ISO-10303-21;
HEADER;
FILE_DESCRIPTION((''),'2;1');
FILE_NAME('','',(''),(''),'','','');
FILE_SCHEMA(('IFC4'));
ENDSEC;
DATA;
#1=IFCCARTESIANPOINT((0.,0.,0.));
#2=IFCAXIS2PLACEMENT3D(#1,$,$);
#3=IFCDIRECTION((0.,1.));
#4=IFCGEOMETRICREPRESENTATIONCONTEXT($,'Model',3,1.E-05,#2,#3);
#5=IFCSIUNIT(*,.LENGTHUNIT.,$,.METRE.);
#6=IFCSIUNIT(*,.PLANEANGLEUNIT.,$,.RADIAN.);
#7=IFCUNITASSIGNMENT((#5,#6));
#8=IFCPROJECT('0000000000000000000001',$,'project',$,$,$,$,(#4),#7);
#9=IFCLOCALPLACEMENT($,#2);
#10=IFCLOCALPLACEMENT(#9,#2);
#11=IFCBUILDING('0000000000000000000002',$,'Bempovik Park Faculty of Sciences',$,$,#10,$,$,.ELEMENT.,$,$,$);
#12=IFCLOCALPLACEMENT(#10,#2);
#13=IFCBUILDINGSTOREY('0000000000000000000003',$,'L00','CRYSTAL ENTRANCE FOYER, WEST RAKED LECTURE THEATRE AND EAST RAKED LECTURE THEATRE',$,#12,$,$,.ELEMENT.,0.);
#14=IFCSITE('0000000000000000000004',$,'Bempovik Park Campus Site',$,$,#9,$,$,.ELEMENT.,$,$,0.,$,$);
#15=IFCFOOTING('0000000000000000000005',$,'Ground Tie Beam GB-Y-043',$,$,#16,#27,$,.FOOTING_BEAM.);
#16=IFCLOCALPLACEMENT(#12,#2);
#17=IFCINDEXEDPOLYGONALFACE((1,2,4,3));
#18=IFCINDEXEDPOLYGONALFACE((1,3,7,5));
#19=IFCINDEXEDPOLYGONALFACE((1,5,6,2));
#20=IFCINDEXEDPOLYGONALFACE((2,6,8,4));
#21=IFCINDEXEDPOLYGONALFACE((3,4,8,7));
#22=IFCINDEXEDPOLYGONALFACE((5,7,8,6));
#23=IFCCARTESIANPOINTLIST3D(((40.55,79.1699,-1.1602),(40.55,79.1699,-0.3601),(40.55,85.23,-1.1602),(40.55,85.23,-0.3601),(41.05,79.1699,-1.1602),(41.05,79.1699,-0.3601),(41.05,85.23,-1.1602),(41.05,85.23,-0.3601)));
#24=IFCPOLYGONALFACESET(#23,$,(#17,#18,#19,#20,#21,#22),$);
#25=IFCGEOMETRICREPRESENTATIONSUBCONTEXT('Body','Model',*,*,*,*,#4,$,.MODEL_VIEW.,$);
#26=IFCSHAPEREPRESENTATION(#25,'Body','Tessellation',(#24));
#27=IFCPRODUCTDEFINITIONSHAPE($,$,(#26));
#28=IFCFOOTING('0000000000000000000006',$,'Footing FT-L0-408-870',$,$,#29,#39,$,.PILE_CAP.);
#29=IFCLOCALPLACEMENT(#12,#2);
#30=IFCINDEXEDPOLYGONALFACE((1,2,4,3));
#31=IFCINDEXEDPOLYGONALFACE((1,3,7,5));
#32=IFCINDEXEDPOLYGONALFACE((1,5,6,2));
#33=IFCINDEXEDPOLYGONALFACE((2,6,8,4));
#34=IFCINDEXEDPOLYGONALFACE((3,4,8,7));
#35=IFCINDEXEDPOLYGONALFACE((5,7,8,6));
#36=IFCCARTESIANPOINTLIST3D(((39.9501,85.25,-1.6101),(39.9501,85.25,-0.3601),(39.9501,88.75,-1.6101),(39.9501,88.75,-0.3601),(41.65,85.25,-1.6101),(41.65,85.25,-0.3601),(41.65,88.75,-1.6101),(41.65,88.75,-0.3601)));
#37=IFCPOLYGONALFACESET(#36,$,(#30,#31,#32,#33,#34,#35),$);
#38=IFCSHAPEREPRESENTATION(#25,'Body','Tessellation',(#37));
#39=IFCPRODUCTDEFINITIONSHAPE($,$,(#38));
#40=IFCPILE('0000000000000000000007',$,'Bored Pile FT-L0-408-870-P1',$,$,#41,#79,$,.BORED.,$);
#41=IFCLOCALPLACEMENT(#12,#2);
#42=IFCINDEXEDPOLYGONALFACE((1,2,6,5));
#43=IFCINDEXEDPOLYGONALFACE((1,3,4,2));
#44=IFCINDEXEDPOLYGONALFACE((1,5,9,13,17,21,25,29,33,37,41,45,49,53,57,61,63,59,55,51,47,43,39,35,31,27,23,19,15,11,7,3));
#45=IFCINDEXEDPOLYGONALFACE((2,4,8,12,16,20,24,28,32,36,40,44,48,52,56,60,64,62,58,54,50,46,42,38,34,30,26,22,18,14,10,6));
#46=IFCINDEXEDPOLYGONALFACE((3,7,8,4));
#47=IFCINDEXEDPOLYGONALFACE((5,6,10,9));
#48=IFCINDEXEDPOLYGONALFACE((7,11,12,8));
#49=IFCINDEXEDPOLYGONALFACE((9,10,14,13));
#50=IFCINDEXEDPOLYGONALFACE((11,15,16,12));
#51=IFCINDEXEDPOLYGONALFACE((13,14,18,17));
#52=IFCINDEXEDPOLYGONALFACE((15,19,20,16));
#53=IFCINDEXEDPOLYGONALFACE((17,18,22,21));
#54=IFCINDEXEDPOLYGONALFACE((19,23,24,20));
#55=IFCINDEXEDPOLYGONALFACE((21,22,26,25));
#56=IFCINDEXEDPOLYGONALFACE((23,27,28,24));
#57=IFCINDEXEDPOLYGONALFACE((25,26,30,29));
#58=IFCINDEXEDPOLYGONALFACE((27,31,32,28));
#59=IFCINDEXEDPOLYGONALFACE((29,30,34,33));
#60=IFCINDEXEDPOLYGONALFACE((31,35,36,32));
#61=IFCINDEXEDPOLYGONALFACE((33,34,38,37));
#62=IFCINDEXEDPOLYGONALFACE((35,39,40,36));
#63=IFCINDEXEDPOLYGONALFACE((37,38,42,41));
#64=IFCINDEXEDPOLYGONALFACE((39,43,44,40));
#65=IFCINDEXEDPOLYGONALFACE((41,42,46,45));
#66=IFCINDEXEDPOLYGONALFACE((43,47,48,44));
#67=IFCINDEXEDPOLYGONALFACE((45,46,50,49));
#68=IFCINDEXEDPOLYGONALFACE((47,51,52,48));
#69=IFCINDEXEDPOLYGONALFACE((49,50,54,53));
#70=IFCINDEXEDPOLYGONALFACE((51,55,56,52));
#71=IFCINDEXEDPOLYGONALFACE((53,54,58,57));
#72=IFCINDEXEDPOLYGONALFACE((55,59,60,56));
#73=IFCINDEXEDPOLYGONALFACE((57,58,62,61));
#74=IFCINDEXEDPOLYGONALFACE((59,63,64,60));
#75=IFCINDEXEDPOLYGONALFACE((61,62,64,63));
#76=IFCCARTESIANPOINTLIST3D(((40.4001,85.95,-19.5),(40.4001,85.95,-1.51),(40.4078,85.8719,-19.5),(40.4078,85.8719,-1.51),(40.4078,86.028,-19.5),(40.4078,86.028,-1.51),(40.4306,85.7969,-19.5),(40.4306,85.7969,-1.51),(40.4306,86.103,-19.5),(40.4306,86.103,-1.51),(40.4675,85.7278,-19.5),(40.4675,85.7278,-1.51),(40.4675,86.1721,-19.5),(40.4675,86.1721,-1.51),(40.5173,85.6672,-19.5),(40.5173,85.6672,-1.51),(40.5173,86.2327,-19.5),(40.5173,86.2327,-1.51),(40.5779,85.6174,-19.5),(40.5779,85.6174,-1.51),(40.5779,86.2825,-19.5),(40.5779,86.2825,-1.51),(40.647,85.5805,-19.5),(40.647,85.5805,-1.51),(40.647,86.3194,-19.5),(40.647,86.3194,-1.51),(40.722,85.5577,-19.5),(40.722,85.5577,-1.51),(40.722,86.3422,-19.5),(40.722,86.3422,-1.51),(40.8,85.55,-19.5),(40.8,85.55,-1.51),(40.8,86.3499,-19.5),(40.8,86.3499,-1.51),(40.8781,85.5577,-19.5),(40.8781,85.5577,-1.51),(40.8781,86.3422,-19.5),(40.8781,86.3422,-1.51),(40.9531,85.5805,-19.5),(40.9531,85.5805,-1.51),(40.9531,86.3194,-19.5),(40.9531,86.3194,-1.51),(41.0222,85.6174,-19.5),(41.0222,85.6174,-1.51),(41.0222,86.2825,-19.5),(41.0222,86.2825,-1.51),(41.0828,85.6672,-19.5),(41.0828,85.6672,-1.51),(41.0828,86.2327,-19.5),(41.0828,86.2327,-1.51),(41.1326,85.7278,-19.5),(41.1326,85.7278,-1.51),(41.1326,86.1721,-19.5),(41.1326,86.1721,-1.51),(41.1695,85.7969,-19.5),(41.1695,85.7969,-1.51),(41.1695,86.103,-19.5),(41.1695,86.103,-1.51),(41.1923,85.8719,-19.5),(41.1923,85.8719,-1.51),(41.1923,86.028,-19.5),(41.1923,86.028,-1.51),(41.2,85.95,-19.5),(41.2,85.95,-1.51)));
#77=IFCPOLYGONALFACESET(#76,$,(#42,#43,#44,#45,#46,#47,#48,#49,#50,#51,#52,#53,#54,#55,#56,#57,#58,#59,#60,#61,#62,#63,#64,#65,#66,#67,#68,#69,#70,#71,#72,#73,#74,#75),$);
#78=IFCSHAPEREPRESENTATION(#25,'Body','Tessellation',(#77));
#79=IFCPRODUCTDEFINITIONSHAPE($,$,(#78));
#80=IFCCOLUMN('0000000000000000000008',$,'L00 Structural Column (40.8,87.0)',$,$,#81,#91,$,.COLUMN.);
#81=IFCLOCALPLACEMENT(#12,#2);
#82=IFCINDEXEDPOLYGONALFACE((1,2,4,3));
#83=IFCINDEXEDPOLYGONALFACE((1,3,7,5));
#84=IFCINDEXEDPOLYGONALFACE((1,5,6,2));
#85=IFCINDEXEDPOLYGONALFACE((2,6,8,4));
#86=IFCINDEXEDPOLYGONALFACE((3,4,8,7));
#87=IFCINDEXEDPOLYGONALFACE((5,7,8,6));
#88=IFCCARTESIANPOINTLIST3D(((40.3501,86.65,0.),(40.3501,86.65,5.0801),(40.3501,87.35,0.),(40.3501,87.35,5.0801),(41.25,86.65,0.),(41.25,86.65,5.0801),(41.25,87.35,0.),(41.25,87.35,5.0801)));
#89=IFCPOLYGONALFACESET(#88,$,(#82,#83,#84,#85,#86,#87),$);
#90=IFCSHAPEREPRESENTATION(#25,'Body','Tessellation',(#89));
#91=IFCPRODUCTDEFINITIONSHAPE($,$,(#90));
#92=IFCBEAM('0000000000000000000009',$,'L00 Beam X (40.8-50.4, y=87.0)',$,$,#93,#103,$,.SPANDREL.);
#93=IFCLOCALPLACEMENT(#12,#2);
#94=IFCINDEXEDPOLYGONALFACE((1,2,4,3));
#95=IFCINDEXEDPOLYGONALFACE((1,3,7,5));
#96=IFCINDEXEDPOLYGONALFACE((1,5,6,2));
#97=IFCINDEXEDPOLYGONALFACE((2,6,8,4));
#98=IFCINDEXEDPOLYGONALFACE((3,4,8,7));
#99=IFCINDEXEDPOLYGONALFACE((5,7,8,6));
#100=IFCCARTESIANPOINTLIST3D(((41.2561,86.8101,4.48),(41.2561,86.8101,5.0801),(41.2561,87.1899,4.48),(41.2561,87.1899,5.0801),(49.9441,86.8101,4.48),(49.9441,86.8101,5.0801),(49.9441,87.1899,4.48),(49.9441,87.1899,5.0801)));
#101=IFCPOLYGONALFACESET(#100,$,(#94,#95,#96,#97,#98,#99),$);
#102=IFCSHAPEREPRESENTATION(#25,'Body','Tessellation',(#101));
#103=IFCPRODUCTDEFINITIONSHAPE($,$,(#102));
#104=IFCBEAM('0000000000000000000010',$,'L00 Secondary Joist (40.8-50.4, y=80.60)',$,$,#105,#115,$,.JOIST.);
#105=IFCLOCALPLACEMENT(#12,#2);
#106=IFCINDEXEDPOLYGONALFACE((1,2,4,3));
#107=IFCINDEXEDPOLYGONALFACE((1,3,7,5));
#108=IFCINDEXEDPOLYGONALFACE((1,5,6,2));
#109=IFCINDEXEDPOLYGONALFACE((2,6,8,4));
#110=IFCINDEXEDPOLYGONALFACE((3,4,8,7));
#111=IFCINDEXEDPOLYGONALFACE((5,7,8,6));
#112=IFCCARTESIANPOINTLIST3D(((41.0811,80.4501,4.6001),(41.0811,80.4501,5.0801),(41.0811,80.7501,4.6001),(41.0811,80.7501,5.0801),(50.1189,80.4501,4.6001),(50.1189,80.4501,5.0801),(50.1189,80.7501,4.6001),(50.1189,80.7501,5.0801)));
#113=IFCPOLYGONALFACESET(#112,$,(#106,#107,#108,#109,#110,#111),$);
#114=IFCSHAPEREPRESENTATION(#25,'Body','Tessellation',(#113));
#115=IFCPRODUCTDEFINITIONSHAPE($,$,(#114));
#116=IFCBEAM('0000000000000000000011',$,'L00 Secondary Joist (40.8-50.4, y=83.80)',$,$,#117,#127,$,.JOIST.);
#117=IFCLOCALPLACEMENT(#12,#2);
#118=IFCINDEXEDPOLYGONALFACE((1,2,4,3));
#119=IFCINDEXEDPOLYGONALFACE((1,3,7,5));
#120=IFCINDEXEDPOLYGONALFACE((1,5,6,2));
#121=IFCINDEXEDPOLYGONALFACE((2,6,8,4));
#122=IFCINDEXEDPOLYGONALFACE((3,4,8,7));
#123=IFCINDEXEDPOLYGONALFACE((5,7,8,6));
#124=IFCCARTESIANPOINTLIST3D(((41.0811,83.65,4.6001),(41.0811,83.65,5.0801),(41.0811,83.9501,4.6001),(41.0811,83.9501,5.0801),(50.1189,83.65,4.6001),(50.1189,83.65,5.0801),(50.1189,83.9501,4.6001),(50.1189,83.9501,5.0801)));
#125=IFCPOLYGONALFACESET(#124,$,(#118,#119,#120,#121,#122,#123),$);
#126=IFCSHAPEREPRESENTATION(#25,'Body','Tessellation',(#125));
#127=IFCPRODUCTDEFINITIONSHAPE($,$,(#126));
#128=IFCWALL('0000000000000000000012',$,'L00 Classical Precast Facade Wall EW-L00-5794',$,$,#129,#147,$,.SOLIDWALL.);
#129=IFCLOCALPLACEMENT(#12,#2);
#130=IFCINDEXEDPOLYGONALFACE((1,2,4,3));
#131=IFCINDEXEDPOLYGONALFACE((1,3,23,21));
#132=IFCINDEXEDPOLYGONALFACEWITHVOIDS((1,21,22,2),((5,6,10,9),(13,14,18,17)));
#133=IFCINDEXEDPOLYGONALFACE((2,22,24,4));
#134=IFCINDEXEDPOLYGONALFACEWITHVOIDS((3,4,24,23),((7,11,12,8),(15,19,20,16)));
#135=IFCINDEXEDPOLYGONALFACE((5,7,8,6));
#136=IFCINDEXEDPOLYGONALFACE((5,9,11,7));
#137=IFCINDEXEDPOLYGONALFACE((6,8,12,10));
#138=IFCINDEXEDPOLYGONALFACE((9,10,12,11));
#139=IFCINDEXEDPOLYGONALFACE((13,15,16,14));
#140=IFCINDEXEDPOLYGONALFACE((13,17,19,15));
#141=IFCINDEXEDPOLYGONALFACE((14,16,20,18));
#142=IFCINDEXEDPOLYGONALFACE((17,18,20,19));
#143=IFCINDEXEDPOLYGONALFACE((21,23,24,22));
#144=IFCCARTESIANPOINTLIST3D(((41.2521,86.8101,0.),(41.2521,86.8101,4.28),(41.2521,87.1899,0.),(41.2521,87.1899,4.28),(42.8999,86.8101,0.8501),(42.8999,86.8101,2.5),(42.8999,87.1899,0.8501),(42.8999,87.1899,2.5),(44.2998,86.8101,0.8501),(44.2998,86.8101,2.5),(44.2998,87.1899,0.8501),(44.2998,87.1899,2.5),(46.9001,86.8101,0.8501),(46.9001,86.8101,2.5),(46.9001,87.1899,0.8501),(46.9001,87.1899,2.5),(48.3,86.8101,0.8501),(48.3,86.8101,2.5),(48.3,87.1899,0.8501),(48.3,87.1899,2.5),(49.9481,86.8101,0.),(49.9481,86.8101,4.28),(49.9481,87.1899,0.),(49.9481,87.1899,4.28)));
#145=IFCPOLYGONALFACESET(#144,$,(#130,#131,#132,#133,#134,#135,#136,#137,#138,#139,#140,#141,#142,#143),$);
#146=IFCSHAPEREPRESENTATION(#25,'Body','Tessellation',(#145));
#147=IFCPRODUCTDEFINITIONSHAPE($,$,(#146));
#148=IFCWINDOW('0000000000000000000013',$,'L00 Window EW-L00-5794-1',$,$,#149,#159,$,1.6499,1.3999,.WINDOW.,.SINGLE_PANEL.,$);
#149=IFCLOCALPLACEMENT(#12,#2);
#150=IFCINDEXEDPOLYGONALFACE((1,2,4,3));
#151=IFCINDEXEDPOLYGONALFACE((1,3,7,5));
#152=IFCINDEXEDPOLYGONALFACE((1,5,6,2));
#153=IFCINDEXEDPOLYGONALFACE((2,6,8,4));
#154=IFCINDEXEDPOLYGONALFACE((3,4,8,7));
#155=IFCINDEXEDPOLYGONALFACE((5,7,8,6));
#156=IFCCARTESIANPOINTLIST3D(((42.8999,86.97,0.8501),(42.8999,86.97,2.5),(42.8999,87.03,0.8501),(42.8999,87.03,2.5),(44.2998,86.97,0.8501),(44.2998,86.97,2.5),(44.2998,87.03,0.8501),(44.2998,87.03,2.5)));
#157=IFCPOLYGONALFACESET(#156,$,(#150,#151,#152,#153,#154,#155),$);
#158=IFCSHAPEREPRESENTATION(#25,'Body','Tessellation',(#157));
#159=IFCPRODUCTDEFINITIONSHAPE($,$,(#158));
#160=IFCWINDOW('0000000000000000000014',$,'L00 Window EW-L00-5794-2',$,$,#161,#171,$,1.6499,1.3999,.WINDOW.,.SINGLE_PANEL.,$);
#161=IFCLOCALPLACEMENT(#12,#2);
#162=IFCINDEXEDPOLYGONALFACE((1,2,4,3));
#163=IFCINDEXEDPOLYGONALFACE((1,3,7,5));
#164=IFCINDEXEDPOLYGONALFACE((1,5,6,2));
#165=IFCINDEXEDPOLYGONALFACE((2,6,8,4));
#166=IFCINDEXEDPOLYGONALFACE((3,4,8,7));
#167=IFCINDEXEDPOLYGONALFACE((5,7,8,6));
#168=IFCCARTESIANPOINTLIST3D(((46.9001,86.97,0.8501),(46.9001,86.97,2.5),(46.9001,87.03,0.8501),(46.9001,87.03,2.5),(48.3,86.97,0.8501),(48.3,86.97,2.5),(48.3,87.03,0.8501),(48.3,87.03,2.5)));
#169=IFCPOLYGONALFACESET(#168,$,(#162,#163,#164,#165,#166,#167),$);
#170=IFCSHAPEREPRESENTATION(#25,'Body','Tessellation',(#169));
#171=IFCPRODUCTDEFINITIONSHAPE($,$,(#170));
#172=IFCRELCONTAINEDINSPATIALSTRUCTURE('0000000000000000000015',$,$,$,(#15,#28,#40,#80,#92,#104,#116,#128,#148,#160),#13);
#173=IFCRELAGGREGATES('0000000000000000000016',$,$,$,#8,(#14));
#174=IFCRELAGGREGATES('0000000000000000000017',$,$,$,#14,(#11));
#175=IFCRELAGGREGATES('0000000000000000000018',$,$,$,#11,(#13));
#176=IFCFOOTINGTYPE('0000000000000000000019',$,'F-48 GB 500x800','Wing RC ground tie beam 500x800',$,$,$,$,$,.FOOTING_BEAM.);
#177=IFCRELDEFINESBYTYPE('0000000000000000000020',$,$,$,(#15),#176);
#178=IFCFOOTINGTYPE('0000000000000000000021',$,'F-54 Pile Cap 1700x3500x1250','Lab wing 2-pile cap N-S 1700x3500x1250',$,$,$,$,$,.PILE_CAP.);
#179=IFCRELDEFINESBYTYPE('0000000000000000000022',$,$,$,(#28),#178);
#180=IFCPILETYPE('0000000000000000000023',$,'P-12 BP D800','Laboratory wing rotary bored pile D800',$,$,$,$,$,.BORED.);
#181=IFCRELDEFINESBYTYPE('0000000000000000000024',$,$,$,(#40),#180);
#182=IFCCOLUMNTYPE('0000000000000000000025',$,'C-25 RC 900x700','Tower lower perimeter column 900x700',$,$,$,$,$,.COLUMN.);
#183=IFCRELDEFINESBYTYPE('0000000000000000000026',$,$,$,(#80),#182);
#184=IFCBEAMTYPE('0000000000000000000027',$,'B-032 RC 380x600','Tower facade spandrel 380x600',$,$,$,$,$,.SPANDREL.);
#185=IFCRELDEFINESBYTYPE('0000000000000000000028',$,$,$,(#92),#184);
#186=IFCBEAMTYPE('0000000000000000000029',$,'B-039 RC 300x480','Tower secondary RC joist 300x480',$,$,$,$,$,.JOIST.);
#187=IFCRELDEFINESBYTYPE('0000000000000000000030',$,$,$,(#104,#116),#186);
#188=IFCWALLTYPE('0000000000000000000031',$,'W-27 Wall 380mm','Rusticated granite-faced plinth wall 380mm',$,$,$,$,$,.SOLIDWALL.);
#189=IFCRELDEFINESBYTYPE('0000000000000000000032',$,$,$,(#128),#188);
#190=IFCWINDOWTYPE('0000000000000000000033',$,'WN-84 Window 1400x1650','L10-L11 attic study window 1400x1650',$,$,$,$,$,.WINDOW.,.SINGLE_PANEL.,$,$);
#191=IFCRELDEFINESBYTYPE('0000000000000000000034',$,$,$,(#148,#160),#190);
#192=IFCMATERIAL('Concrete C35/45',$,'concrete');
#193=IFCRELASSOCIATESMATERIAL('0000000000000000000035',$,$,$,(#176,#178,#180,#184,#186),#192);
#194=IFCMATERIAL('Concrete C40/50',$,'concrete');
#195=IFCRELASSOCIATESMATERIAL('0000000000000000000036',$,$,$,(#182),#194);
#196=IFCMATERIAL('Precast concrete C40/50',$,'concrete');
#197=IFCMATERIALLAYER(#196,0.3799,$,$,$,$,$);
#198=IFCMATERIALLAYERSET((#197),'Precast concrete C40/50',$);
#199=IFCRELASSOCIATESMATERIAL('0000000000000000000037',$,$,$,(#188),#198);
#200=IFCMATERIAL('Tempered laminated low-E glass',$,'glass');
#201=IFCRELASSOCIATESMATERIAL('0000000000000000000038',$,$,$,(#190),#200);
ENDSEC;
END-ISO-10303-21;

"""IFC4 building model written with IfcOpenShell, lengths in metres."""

from ifc_helpers import new_model, si_unit, direction, frame, frame_2d, origin, origin_2d, place, context, subcontext, project, spatial, rectangle, circle, extrude, material, layer, layer_set, material_profile, profile_set, type_object, element, fill, save


model = new_model("IFC4")

# Units and contexts
model_context = context("Model", 3, precision=1e-05, world=origin(), true_north=direction((0.0, 1.0)))
body_context = subcontext(model_context, "Body", "Model", "MODEL_VIEW")
ifc_project = project(units=[si_unit("LENGTHUNIT", "METRE"), si_unit("PLANEANGLEUNIT", "RADIAN")], contexts=[model_context])

# Site, building, storey
site_placement = place(None, origin())
site = spatial("IfcSite", under=ifc_project, at=site_placement, Name="Bempovik Park Campus Site", CompositionType="ELEMENT", RefElevation=0.0)
building_placement = place(site_placement, origin())
building = spatial("IfcBuilding", under=site, at=building_placement, Name="Bempovik Park Faculty of Sciences", CompositionType="ELEMENT")
storey_placement = place(building_placement, origin())
storey = spatial("IfcBuildingStorey", under=building, at=storey_placement, Name="L00", Description="CRYSTAL ENTRANCE FOYER, WEST RAKED LECTURE THEATRE AND EAST RAKED LECTURE THEATRE", CompositionType="ELEMENT", Elevation=0.0)

# Footings
ifc_material_1 = material(Name="Concrete C35/45", Category="concrete")
footing_type_1 = type_object("IfcFootingType", Name="F-48 GB 500x800", Description="Wing RC ground tie beam 500x800", PredefinedType="FOOTING_BEAM", material=ifc_material_1)
footing_1_placement = place(storey_placement, frame((40.8, 82.2, -1.1602), z_axis=(0.0, 0.0, 1.0), x_axis=(1.0, 0.0, 0.0)))
element("IfcFooting", 1, at=footing_1_placement, inside=storey, type_object=footing_type_1, Name="Ground Tie Beam GB-Y-043", PredefinedType="FOOTING_BEAM", context=body_context, shape_type="SweptSolid", body=[
    extrude(rectangle(XDim=0.5, YDim=6.0601, at=origin_2d()), origin(), (0.0, 0.0, 1.0), 0.8),
])
footing_type_2 = type_object("IfcFootingType", Name="F-54 Pile Cap 1700x3500x1250", Description="Lab wing 2-pile cap N-S 1700x3500x1250", PredefinedType="PILE_CAP", material=ifc_material_1)
footing_2_placement = place(storey_placement, frame((40.8, 87.0, -1.6101), z_axis=(0.0, 0.0, 1.0), x_axis=(1.0, 0.0, 0.0)))
element("IfcFooting", 2, at=footing_2_placement, inside=storey, type_object=footing_type_2, Name="Footing FT-L0-408-870", PredefinedType="PILE_CAP", context=body_context, shape_type="SweptSolid", body=[
    extrude(rectangle(XDim=1.7, YDim=3.5, at=origin_2d()), origin(), (0.0, 0.0, 1.0), 1.25),
])

# Pile
ifc_material_profile_1 = material_profile(ifc_material_1, circle(Radius=0.3999, at=origin_2d()), Name="BP D800")
ifc_profile_set_1 = profile_set([ifc_material_profile_1], Name="Concrete C35/45")
pile_type = type_object("IfcPileType", Name="P-12 BP D800", Description="Laboratory wing rotary bored pile D800", PredefinedType="BORED", material=ifc_profile_set_1)
pile_placement = place(storey_placement, frame((40.8, 85.95, -1.51), z_axis=(0.0, 0.0, -1.0), x_axis=(1.0, 0.0, 0.0)))
element("IfcPile", 3, at=pile_placement, inside=storey, type_object=pile_type, Name="Bored Pile FT-L0-408-870-P1", PredefinedType="BORED", context=body_context, shape_type="SweptSolid", body=[
    extrude(circle(Radius=0.3999, at=origin_2d()), origin(), (0.0, 0.0, 1.0), 17.99),
])

# Column
ifc_material_2 = material(Name="Concrete C40/50", Category="concrete")
ifc_material_profile_2 = material_profile(ifc_material_2, rectangle(XDim=0.8999, YDim=0.7, at=origin_2d()), Name="RC 900x700")
ifc_profile_set_2 = profile_set([ifc_material_profile_2], Name="Concrete C40/50")
column_type = type_object("IfcColumnType", Name="C-25 RC 900x700", Description="Tower lower perimeter column 900x700", PredefinedType="COLUMN", material=ifc_profile_set_2)
column_placement = place(storey_placement, frame((40.8, 87.0, 0.0), z_axis=(0.0, 0.0, 1.0), x_axis=(1.0, 0.0, 0.0)))
element("IfcColumn", 4, at=column_placement, inside=storey, type_object=column_type, Name="L00 Structural Column (40.8,87.0)", PredefinedType="COLUMN", context=body_context, shape_type="SweptSolid", body=[
    extrude(rectangle(XDim=0.8999, YDim=0.7, at=origin_2d()), origin(), (0.0, 0.0, 1.0), 5.0801),
])

# Beams
ifc_material_profile_3 = material_profile(ifc_material_1, rectangle(XDim=0.3799, YDim=0.6001, at=origin_2d()), Name="RC 380x600")
ifc_profile_set_3 = profile_set([ifc_material_profile_3], Name="Concrete C35/45")
beam_type_1 = type_object("IfcBeamType", Name="B-032 RC 380x600", Description="Tower facade spandrel 380x600", PredefinedType="SPANDREL", material=ifc_profile_set_3)
beam_placement = place(storey_placement, frame((41.2561, 87.0, 4.78), z_axis=(1.0, 0.0, 0.0), x_axis=(0.0, 1.0, 0.0)))
element("IfcBeam", 5, at=beam_placement, inside=storey, type_object=beam_type_1, Name="L00 Beam X (40.8-50.4, y=87.0)", PredefinedType="SPANDREL", context=body_context, shape_type="SweptSolid", body=[
    extrude(rectangle(XDim=0.3799, YDim=0.6001, at=origin_2d()), origin(), (0.0, 0.0, 1.0), 8.688),
])
ifc_material_profile_4 = material_profile(ifc_material_1, rectangle(XDim=0.3, YDim=0.48, at=origin_2d()), Name="RC 300x480")
ifc_profile_set_4 = profile_set([ifc_material_profile_4], Name="Concrete C35/45")
beam_type_2 = type_object("IfcBeamType", Name="B-039 RC 300x480", Description="Tower secondary RC joist 300x480", PredefinedType="JOIST", material=ifc_profile_set_4)
for number, where, z_axis, x_axis, name in (
    (6, (41.0811, 80.6001, 4.8401), (1.0, 0.0, 0.0), (0.0, 1.0, 0.0), "L00 Secondary Joist (40.8-50.4, y=80.60)"),
    (7, (41.0811, 83.8, 4.8401), (1.0, 0.0, 0.0), (0.0, 1.0, 0.0), "L00 Secondary Joist (40.8-50.4, y=83.80)"),
):
    element("IfcBeam", number, at=place(storey_placement, frame(where, z_axis=z_axis, x_axis=x_axis)), inside=storey, type_object=beam_type_2, Name=name, PredefinedType="JOIST", context=body_context, shape_type="SweptSolid", body=[
        extrude(rectangle(XDim=0.3, YDim=0.48, at=origin_2d()), origin(), (0.0, 0.0, 1.0), 9.0378),
    ])

# Wall, openings, windows
ifc_material_3 = material(Name="Precast concrete C40/50", Category="concrete")
ifc_layer_1 = layer(ifc_material_3, 0.3799)
ifc_layer_set_1 = layer_set([ifc_layer_1], Name="Precast concrete C40/50")
wall_type_1 = type_object("IfcWallType", Name="W-27 Wall 380mm", Description="Rusticated granite-faced plinth wall 380mm", PredefinedType="SOLIDWALL", material=ifc_layer_set_1)
wall_1_placement = place(storey_placement, frame((41.252, 87.0, 0.0), z_axis=(0.0, 0.0, 1.0), x_axis=(1.0, 0.0, 0.0)))
wall_1 = element("IfcWall", 8, at=wall_1_placement, inside=storey, type_object=wall_type_1, Name="L00 Classical Precast Facade Wall EW-L00-5794", PredefinedType="SOLIDWALL", context=body_context, shape_type="SweptSolid", body=[
    extrude(rectangle(XDim=8.696, YDim=0.3799, at=frame_2d((4.3481, 0.0))), origin(), (0.0, 0.0, 1.0), 4.28),
])
opening_1_placement = place(wall_1_placement, frame((1.6479, 0.0, 0.8501)))
opening_1 = element("IfcOpeningElement", 9, at=opening_1_placement, cuts=wall_1, PredefinedType="OPENING", context=body_context, shape_type="SweptSolid", body=[
    extrude(rectangle(XDim=1.3999, YDim=1.6499, at=frame_2d((0.7, 0.825))), frame((0.0, 0.2, 0.0), z_axis=(0.0, -1.0, 0.0), x_axis=(1.0, 0.0, 0.0)), (0.0, 0.0, 1.0), 0.3999),
])
opening_2_placement = place(wall_1_placement, frame((5.6482, 0.0, 0.8501)))
opening_2 = element("IfcOpeningElement", 10, at=opening_2_placement, cuts=wall_1, PredefinedType="OPENING", context=body_context, shape_type="SweptSolid", body=[
    extrude(rectangle(XDim=1.3999, YDim=1.6499, at=frame_2d((0.7, 0.825))), frame((0.0, 0.2, 0.0), z_axis=(0.0, -1.0, 0.0), x_axis=(1.0, 0.0, 0.0)), (0.0, 0.0, 1.0), 0.3999),
])
ifc_material_4 = material(Name="Tempered laminated low-E glass", Category="glass")
window_type = type_object("IfcWindowType", Name="WN-84 Window 1400x1650", Description="L10-L11 attic study window 1400x1650", PartitioningType="SINGLE_PANEL", PredefinedType="WINDOW", material=ifc_material_4)
window_1_placement = place(opening_1_placement, origin())
window_1 = element("IfcWindow", 11, at=window_1_placement, inside=storey, type_object=window_type, Name="L00 Window EW-L00-5794-1", OverallHeight=1.6499, OverallWidth=1.3999, PartitioningType="SINGLE_PANEL", PredefinedType="WINDOW", context=body_context, shape_type="SweptSolid", body=[
    extrude(rectangle(XDim=1.3999, YDim=1.6499, at=frame_2d((0.7, 0.825))), frame((0.0, 0.03, 0.0), z_axis=(0.0, -1.0, 0.0), x_axis=(1.0, 0.0, 0.0)), (0.0, 0.0, 1.0), 0.0601),
])
fill(opening_1, window_1)
window_2_placement = place(opening_2_placement, origin())
window_2 = element("IfcWindow", 12, at=window_2_placement, inside=storey, type_object=window_type, Name="L00 Window EW-L00-5794-2", OverallHeight=1.6499, OverallWidth=1.3999, PartitioningType="SINGLE_PANEL", PredefinedType="WINDOW", context=body_context, shape_type="SweptSolid", body=[
    extrude(rectangle(XDim=1.3999, YDim=1.6499, at=frame_2d((0.7, 0.825))), frame((0.0, 0.03, 0.0), z_axis=(0.0, -1.0, 0.0), x_axis=(1.0, 0.0, 0.0)), (0.0, 0.0, 1.0), 0.0601),
])
fill(opening_2, window_2)

save(model, "model.ifc")
